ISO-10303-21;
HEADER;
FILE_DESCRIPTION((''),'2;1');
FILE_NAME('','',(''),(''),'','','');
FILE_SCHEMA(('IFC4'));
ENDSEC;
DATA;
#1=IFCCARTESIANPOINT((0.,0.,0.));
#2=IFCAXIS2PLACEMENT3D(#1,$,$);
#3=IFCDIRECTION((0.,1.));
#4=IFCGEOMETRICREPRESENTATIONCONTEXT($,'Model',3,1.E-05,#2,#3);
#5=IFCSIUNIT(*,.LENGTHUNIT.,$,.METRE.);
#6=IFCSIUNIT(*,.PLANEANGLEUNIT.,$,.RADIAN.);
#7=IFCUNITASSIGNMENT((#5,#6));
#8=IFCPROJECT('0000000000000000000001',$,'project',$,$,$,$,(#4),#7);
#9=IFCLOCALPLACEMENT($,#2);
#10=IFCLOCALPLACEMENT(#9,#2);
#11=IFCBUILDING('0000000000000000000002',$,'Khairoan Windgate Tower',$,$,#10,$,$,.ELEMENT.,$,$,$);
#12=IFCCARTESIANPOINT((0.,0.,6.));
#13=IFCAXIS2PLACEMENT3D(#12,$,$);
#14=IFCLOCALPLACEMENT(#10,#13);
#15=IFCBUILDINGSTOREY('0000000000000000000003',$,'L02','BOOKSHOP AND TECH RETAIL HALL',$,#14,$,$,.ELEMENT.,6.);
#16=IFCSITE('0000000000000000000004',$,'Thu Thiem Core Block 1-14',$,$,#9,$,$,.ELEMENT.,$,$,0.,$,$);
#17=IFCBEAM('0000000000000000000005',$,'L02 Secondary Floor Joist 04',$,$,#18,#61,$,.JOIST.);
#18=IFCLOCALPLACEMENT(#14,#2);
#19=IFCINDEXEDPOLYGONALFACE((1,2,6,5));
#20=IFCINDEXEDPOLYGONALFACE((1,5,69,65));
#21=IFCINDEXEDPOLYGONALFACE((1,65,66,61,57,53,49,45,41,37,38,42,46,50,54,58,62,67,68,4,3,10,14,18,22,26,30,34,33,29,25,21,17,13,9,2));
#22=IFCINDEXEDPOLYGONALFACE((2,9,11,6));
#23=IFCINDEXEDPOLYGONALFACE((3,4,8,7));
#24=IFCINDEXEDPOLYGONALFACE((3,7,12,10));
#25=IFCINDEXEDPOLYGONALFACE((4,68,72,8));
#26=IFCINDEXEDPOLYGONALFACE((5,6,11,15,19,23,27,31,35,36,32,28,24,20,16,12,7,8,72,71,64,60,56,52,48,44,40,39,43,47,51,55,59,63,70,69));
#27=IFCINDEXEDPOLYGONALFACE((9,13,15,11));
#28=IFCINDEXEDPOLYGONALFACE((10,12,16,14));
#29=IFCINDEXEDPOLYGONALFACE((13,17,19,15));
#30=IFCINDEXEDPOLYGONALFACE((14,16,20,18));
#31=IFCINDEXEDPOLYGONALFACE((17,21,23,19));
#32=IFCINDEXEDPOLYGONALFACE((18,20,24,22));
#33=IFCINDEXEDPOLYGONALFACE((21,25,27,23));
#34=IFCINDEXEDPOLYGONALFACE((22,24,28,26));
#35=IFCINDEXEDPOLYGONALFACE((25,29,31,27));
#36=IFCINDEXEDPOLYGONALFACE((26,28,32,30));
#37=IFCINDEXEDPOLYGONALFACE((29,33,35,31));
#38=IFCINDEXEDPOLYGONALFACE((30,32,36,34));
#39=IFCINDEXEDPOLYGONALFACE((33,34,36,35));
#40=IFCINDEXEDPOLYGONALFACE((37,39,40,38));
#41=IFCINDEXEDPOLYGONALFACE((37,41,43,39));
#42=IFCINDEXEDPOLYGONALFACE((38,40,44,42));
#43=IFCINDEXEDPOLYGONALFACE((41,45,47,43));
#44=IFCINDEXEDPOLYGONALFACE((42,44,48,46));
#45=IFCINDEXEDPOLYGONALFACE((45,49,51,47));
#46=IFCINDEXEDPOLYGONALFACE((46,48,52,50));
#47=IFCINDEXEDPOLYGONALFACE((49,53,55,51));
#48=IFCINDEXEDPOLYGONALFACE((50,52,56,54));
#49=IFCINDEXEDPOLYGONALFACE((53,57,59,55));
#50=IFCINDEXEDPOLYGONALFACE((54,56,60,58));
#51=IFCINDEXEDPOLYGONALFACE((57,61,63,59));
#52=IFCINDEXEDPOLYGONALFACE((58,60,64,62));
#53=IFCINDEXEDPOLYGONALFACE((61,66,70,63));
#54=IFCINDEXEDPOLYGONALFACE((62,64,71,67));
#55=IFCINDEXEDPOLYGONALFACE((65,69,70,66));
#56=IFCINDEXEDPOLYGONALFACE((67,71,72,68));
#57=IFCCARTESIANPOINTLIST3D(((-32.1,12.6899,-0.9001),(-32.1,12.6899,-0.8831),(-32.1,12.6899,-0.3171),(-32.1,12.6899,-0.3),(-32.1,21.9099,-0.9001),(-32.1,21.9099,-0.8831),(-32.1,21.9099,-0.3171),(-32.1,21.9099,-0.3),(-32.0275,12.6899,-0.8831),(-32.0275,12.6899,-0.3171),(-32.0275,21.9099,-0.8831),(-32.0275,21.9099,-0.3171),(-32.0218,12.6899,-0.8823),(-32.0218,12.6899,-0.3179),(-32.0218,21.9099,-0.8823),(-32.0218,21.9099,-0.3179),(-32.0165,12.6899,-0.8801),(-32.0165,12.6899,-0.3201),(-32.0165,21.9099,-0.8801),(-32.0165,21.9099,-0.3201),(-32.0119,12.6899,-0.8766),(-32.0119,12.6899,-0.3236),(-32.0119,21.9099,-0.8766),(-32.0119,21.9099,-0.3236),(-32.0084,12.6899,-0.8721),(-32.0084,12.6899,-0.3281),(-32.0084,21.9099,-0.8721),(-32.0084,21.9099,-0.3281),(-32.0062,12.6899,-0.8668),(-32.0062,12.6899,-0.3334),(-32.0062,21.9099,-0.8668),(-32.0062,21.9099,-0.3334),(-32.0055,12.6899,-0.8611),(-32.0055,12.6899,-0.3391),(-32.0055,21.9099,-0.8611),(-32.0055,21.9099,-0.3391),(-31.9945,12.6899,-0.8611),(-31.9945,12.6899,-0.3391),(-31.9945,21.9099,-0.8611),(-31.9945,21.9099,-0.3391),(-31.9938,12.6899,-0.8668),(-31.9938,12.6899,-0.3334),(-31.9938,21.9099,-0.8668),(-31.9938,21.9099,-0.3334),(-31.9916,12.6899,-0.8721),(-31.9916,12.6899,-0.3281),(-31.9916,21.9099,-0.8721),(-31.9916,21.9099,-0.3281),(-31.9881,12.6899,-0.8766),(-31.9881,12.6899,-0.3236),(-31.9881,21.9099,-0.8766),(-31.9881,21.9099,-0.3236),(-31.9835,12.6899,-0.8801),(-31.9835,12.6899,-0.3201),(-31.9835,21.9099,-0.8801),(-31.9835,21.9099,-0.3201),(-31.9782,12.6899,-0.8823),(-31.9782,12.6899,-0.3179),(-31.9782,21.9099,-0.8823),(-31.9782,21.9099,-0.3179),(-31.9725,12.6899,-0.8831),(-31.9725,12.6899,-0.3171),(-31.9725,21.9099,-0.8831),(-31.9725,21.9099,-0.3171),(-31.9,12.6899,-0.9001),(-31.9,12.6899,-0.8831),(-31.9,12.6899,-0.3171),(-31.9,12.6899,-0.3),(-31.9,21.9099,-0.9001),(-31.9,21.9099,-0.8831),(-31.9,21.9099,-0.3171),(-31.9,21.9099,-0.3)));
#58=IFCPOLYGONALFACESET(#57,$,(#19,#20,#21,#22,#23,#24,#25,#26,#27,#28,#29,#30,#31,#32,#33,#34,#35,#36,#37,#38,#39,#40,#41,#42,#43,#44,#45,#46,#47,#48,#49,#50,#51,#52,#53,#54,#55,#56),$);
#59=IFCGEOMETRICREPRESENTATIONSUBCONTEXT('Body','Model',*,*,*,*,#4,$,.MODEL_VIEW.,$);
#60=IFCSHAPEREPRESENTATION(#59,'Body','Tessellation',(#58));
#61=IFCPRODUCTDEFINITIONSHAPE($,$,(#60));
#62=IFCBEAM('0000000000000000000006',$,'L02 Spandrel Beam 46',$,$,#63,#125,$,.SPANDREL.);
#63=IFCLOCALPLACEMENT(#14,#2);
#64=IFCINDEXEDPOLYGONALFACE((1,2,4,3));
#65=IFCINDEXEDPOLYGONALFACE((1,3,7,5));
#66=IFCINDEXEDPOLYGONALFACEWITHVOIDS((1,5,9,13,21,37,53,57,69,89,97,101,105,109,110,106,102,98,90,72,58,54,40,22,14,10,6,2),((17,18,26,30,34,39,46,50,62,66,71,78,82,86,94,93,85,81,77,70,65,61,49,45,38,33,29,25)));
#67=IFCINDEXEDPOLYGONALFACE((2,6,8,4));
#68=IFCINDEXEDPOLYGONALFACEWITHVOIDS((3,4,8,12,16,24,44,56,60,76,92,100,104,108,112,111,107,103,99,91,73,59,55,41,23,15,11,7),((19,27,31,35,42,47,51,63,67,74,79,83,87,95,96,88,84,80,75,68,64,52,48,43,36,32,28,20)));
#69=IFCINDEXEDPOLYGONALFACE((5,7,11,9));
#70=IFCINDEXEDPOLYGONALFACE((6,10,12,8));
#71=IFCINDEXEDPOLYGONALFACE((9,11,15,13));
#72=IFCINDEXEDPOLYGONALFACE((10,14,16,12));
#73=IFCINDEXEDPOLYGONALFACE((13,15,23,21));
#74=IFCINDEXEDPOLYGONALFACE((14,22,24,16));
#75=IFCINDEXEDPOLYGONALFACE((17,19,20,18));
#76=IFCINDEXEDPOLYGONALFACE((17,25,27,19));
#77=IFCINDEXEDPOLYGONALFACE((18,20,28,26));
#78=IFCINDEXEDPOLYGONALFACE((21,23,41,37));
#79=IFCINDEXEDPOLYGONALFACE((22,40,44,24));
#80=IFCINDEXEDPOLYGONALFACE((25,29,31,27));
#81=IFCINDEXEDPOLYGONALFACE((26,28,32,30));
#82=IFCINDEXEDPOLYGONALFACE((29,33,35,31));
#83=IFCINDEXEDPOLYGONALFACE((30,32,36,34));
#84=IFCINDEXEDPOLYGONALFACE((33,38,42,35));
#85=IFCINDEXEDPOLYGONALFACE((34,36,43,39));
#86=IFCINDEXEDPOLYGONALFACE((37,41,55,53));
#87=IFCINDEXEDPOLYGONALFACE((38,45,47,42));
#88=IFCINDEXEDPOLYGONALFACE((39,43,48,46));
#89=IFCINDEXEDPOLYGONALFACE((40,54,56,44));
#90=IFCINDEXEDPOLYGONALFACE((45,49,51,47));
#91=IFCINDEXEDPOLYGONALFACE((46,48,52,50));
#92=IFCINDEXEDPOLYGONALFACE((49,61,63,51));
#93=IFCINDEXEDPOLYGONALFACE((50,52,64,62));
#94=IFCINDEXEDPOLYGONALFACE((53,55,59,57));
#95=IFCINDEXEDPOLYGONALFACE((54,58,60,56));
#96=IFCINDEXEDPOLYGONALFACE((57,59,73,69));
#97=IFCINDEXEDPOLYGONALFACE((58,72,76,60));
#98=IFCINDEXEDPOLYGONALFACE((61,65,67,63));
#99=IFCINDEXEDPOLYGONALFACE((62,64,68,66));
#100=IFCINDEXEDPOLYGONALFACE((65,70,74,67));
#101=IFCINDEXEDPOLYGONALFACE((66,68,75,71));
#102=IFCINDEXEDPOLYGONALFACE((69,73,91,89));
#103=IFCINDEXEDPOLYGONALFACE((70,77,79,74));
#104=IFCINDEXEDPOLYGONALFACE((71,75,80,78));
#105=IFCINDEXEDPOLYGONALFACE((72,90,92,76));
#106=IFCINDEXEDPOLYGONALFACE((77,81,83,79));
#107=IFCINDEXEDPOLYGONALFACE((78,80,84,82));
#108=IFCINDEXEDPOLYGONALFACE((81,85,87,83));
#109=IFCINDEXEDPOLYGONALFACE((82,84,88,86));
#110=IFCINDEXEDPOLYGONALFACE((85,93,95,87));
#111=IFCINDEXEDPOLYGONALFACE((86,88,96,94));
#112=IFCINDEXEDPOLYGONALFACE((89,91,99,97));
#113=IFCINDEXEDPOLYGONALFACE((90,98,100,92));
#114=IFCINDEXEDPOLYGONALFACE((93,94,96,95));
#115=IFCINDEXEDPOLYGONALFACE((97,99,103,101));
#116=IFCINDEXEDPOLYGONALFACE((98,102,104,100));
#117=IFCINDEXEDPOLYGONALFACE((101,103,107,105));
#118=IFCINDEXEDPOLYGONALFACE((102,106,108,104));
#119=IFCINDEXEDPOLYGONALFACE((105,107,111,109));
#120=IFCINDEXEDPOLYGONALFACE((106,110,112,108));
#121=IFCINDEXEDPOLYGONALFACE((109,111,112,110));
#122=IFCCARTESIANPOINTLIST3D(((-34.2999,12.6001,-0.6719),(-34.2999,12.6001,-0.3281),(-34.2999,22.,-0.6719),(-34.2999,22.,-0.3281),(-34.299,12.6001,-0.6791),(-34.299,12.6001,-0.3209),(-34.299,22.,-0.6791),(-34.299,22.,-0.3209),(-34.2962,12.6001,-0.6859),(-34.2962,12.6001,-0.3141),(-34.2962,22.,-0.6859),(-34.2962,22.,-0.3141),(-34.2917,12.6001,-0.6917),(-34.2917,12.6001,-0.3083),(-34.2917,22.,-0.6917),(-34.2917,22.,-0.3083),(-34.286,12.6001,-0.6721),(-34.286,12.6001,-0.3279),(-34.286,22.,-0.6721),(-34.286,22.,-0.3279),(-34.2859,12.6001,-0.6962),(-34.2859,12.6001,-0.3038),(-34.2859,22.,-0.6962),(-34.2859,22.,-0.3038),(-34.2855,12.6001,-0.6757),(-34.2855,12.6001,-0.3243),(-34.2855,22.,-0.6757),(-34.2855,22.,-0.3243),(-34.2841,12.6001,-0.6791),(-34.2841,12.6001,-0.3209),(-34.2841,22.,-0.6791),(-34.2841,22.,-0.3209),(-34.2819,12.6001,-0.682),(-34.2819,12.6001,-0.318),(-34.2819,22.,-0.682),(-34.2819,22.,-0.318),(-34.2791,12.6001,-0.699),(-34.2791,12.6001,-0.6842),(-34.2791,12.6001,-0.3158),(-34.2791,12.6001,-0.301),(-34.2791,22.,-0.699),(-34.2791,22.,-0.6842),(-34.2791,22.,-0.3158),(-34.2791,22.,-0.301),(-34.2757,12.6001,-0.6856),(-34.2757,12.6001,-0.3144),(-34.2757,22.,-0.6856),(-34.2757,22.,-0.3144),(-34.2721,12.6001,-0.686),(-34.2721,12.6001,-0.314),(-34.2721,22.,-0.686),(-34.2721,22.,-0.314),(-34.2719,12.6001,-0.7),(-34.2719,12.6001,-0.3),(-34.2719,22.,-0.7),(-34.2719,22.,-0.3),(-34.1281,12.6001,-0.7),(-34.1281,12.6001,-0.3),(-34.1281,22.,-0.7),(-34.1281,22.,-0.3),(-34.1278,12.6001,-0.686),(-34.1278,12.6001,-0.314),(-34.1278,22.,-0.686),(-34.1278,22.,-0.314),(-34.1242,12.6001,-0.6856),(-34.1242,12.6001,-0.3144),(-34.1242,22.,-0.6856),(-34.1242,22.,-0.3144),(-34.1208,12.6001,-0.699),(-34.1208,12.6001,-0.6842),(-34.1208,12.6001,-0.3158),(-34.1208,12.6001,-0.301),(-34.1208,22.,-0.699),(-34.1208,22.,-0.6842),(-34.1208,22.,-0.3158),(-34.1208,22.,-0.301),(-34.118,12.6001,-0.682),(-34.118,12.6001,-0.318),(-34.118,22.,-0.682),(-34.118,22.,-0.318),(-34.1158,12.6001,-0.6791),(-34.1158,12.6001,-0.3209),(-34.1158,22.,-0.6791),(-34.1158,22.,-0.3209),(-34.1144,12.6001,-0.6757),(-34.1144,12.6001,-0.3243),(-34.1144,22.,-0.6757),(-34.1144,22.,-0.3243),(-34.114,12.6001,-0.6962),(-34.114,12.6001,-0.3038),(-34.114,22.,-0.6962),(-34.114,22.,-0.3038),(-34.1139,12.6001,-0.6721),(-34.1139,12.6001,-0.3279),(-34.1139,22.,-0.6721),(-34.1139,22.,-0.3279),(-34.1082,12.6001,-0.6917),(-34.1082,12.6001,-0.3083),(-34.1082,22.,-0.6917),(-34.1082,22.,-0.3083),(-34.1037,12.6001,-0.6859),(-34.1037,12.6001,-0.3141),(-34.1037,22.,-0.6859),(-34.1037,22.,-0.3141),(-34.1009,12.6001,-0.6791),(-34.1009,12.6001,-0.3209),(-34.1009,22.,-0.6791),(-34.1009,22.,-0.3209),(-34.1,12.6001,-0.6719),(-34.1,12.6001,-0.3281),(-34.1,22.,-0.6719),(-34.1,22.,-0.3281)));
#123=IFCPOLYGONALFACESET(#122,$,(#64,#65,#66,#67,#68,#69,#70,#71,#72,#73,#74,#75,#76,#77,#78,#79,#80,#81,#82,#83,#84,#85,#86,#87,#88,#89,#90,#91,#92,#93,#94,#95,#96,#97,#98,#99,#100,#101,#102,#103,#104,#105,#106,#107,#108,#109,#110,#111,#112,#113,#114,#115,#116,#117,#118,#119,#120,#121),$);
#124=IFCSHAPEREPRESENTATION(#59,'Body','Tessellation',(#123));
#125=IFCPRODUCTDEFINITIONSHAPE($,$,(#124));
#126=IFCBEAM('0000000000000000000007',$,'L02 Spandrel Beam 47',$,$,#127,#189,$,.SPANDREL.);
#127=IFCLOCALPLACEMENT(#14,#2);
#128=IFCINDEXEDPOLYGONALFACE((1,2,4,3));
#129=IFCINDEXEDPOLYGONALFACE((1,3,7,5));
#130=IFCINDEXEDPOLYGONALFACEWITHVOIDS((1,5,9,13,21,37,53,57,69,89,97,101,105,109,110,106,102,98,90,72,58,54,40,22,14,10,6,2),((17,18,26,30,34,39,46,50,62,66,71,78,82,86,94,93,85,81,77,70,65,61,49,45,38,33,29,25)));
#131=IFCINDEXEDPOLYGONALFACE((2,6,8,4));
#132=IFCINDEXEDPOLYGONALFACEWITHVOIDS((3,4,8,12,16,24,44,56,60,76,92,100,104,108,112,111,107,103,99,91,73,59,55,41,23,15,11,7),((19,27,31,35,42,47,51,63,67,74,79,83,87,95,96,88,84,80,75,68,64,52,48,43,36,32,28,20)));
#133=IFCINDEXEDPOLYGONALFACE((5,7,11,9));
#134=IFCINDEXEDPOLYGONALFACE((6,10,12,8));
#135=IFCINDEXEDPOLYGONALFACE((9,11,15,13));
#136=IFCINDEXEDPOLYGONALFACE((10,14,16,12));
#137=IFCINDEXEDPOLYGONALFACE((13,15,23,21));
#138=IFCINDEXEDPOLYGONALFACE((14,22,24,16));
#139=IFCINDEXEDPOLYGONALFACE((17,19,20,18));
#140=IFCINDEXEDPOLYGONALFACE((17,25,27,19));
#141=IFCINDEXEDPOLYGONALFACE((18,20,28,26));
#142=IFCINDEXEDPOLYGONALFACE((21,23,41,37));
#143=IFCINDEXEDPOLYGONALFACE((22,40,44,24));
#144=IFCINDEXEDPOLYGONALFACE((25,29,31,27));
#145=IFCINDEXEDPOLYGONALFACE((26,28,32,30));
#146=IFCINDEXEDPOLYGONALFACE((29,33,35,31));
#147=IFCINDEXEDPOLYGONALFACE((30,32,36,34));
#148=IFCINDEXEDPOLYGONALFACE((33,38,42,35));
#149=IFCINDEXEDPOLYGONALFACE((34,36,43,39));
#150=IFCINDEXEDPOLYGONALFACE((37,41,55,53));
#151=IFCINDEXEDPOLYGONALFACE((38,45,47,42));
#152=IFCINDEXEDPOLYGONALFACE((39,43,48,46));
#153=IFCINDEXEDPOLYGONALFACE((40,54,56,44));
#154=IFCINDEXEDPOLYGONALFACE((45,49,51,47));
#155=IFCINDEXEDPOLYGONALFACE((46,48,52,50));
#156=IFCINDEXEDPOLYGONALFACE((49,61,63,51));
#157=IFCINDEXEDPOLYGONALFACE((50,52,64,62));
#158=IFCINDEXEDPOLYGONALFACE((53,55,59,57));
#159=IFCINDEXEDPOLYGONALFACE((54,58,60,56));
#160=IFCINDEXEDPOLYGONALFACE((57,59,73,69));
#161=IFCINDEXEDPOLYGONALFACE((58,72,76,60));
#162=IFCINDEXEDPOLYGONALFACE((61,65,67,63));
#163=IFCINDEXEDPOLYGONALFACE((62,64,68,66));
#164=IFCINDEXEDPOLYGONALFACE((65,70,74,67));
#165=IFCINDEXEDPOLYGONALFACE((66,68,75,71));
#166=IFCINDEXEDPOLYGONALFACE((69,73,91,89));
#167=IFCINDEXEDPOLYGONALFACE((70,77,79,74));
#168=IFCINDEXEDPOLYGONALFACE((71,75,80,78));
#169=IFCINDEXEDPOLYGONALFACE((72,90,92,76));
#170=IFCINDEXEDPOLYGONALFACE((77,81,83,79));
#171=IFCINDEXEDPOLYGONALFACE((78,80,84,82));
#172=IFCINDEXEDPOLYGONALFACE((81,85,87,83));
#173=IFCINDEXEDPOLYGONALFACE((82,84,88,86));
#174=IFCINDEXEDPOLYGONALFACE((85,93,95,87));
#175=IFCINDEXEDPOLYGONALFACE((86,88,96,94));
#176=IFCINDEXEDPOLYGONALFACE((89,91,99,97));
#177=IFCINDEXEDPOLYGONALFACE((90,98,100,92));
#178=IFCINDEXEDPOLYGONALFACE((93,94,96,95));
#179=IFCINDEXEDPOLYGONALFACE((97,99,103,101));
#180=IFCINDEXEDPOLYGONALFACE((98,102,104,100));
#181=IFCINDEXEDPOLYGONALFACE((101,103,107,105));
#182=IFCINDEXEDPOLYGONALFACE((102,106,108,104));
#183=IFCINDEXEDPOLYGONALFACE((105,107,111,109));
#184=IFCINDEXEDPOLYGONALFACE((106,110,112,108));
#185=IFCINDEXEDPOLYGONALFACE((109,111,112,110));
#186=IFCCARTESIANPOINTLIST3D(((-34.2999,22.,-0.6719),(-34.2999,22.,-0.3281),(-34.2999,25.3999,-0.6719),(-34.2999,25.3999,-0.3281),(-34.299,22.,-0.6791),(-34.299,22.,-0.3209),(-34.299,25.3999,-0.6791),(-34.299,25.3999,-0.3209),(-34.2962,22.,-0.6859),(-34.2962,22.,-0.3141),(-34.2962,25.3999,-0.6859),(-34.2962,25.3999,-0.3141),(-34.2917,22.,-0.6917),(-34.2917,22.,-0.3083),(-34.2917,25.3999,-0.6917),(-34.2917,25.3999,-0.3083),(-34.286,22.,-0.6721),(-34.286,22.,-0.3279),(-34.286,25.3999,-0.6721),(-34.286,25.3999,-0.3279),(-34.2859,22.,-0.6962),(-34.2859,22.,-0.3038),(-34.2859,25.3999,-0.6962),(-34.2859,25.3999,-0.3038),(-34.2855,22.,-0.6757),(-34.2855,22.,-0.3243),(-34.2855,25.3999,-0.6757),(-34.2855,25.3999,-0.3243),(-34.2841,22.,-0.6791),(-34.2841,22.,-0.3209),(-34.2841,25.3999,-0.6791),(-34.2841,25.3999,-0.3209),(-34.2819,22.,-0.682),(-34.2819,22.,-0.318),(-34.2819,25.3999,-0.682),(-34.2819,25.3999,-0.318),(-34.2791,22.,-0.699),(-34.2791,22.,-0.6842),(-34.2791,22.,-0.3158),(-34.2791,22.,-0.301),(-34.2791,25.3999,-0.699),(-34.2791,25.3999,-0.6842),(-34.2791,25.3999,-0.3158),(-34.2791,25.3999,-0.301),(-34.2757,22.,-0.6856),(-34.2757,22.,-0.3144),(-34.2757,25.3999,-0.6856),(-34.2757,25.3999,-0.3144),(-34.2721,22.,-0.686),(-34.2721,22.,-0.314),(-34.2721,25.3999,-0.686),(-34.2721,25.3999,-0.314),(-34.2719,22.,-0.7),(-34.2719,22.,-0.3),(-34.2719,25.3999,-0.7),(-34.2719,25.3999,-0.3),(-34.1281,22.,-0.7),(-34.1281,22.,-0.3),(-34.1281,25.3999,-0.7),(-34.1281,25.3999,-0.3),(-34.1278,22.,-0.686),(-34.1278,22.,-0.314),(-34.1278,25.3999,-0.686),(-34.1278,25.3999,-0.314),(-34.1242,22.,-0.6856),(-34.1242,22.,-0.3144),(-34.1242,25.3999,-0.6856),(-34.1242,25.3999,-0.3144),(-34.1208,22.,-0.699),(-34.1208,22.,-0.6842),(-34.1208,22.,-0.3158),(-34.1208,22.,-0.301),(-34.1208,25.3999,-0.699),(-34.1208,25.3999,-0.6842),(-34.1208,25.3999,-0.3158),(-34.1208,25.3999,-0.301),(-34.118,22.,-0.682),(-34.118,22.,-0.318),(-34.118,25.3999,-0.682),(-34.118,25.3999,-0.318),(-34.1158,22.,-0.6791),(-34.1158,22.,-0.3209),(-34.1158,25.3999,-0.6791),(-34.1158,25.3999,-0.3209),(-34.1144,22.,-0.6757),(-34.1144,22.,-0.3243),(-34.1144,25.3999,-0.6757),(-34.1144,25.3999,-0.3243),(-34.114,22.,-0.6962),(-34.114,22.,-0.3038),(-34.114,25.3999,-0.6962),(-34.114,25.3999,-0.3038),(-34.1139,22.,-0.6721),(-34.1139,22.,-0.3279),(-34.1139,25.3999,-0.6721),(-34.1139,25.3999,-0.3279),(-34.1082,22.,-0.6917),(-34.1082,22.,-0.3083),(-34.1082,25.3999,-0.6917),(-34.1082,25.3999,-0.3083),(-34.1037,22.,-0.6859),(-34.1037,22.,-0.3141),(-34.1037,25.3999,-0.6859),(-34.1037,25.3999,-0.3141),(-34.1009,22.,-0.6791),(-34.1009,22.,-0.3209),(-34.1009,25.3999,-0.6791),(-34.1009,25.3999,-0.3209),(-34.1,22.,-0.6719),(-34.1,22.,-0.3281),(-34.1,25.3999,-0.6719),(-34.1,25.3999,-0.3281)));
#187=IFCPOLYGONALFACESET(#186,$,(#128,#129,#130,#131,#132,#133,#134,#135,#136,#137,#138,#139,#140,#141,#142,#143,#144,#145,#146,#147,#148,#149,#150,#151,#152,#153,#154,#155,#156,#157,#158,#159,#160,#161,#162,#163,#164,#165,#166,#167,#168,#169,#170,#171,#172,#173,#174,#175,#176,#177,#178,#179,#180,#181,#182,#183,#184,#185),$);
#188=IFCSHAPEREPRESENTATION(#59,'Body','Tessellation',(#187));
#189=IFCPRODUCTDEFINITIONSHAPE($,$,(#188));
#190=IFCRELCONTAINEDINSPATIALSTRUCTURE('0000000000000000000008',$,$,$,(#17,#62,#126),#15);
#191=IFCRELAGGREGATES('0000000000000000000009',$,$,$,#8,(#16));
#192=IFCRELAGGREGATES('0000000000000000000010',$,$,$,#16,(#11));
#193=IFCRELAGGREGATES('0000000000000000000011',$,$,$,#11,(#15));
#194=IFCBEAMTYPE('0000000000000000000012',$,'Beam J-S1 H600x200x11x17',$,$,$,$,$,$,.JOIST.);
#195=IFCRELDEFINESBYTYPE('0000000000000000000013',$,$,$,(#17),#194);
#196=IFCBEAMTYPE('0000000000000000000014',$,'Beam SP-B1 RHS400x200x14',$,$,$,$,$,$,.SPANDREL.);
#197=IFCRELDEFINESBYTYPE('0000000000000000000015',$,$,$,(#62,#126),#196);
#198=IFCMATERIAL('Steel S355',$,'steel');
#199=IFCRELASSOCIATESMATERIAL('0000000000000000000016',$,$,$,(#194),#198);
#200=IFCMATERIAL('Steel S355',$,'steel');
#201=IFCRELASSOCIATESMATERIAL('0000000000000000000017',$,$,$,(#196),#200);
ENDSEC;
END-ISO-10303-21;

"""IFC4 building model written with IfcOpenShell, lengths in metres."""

from ifc_helpers import new_model, si_unit, direction, frame, origin, origin_2d, place, context, subcontext, project, spatial, hollow_rectangle, i_section, extrude, material, material_profile, profile_set, type_object, element, save


model = new_model("IFC4")

# Units and contexts
model_context = context("Model", 3, precision=1e-05, world=origin(), true_north=direction((0.0, 1.0)))
body_context = subcontext(model_context, "Body", "Model", "MODEL_VIEW")
ifc_project = project(units=[si_unit("LENGTHUNIT", "METRE"), si_unit("PLANEANGLEUNIT", "RADIAN")], contexts=[model_context])

# Site, building, storey
site_placement = place(None, origin())
site = spatial("IfcSite", under=ifc_project, at=site_placement, Name="Thu Thiem Core Block 1-14", CompositionType="ELEMENT", RefElevation=0.0)
building_placement = place(site_placement, origin())
building = spatial("IfcBuilding", under=site, at=building_placement, Name="Khairoan Windgate Tower", CompositionType="ELEMENT")
storey_placement = place(building_placement, frame((0.0, 0.0, 6.0)))
storey = spatial("IfcBuildingStorey", under=building, at=storey_placement, Name="L02", Description="BOOKSHOP AND TECH RETAIL HALL", CompositionType="ELEMENT", Elevation=6.0)

# Beams
ifc_material_1 = material(Name="Steel S355", Category="steel")
ifc_material_profile_1 = material_profile(ifc_material_1, i_section(OverallWidth=0.2, OverallDepth=0.6001, WebThickness=0.011, FlangeThickness=0.0171, FilletRadius=0.022, at=origin_2d()))
ifc_profile_set_1 = profile_set([ifc_material_profile_1], Name="Steel S355")
beam_type_1 = type_object("IfcBeamType", Name="Beam J-S1 H600x200x11x17", PredefinedType="JOIST", material=ifc_profile_set_1)
beam_1_placement = place(storey_placement, frame((-32.0, 12.6899, -0.6001), z_axis=(0.0, 1.0, 0.0), x_axis=(-1.0, 0.0, 0.0)))
element("IfcBeam", 1, at=beam_1_placement, inside=storey, type_object=beam_type_1, Name="L02 Secondary Floor Joist 04", PredefinedType="JOIST", context=body_context, shape_type="SweptSolid", body=[
    extrude(i_section(OverallWidth=0.2, OverallDepth=0.6001, WebThickness=0.011, FlangeThickness=0.0171, FilletRadius=0.022, at=origin_2d()), origin(), (0.0, 0.0, 1.0), 9.22),
])
ifc_material_2 = material(Name="Steel S355", Category="steel")
ifc_material_profile_2 = material_profile(ifc_material_2, hollow_rectangle(XDim=0.2, YDim=0.3999, WallThickness=0.0139, InnerFilletRadius=0.0139, OuterFilletRadius=0.0281, at=origin_2d()))
ifc_profile_set_2 = profile_set([ifc_material_profile_2], Name="Steel S355")
beam_type_2 = type_object("IfcBeamType", Name="Beam SP-B1 RHS400x200x14", PredefinedType="SPANDREL", material=ifc_profile_set_2)
beam_2_placement = place(storey_placement, frame((-34.2, 12.6001, -0.5), z_axis=(0.0, 1.0, 0.0), x_axis=(-1.0, 0.0, 0.0)))
element("IfcBeam", 2, at=beam_2_placement, inside=storey, type_object=beam_type_2, Name="L02 Spandrel Beam 46", PredefinedType="SPANDREL", context=body_context, shape_type="SweptSolid", body=[
    extrude(hollow_rectangle(XDim=0.2, YDim=0.3999, WallThickness=0.0139, InnerFilletRadius=0.0139, OuterFilletRadius=0.0281, at=origin_2d()), origin(), (0.0, 0.0, 1.0), 9.3999),
])
beam_3_placement = place(storey_placement, frame((-34.2, 22.0, -0.5), z_axis=(0.0, 1.0, 0.0), x_axis=(-1.0, 0.0, 0.0)))
element("IfcBeam", 3, at=beam_3_placement, inside=storey, type_object=beam_type_2, Name="L02 Spandrel Beam 47", PredefinedType="SPANDREL", context=body_context, shape_type="SweptSolid", body=[
    extrude(hollow_rectangle(XDim=0.2, YDim=0.3999, WallThickness=0.0139, InnerFilletRadius=0.0139, OuterFilletRadius=0.0281, at=origin_2d()), origin(), (0.0, 0.0, 1.0), 3.3999),
])

save(model, "model.ifc")
